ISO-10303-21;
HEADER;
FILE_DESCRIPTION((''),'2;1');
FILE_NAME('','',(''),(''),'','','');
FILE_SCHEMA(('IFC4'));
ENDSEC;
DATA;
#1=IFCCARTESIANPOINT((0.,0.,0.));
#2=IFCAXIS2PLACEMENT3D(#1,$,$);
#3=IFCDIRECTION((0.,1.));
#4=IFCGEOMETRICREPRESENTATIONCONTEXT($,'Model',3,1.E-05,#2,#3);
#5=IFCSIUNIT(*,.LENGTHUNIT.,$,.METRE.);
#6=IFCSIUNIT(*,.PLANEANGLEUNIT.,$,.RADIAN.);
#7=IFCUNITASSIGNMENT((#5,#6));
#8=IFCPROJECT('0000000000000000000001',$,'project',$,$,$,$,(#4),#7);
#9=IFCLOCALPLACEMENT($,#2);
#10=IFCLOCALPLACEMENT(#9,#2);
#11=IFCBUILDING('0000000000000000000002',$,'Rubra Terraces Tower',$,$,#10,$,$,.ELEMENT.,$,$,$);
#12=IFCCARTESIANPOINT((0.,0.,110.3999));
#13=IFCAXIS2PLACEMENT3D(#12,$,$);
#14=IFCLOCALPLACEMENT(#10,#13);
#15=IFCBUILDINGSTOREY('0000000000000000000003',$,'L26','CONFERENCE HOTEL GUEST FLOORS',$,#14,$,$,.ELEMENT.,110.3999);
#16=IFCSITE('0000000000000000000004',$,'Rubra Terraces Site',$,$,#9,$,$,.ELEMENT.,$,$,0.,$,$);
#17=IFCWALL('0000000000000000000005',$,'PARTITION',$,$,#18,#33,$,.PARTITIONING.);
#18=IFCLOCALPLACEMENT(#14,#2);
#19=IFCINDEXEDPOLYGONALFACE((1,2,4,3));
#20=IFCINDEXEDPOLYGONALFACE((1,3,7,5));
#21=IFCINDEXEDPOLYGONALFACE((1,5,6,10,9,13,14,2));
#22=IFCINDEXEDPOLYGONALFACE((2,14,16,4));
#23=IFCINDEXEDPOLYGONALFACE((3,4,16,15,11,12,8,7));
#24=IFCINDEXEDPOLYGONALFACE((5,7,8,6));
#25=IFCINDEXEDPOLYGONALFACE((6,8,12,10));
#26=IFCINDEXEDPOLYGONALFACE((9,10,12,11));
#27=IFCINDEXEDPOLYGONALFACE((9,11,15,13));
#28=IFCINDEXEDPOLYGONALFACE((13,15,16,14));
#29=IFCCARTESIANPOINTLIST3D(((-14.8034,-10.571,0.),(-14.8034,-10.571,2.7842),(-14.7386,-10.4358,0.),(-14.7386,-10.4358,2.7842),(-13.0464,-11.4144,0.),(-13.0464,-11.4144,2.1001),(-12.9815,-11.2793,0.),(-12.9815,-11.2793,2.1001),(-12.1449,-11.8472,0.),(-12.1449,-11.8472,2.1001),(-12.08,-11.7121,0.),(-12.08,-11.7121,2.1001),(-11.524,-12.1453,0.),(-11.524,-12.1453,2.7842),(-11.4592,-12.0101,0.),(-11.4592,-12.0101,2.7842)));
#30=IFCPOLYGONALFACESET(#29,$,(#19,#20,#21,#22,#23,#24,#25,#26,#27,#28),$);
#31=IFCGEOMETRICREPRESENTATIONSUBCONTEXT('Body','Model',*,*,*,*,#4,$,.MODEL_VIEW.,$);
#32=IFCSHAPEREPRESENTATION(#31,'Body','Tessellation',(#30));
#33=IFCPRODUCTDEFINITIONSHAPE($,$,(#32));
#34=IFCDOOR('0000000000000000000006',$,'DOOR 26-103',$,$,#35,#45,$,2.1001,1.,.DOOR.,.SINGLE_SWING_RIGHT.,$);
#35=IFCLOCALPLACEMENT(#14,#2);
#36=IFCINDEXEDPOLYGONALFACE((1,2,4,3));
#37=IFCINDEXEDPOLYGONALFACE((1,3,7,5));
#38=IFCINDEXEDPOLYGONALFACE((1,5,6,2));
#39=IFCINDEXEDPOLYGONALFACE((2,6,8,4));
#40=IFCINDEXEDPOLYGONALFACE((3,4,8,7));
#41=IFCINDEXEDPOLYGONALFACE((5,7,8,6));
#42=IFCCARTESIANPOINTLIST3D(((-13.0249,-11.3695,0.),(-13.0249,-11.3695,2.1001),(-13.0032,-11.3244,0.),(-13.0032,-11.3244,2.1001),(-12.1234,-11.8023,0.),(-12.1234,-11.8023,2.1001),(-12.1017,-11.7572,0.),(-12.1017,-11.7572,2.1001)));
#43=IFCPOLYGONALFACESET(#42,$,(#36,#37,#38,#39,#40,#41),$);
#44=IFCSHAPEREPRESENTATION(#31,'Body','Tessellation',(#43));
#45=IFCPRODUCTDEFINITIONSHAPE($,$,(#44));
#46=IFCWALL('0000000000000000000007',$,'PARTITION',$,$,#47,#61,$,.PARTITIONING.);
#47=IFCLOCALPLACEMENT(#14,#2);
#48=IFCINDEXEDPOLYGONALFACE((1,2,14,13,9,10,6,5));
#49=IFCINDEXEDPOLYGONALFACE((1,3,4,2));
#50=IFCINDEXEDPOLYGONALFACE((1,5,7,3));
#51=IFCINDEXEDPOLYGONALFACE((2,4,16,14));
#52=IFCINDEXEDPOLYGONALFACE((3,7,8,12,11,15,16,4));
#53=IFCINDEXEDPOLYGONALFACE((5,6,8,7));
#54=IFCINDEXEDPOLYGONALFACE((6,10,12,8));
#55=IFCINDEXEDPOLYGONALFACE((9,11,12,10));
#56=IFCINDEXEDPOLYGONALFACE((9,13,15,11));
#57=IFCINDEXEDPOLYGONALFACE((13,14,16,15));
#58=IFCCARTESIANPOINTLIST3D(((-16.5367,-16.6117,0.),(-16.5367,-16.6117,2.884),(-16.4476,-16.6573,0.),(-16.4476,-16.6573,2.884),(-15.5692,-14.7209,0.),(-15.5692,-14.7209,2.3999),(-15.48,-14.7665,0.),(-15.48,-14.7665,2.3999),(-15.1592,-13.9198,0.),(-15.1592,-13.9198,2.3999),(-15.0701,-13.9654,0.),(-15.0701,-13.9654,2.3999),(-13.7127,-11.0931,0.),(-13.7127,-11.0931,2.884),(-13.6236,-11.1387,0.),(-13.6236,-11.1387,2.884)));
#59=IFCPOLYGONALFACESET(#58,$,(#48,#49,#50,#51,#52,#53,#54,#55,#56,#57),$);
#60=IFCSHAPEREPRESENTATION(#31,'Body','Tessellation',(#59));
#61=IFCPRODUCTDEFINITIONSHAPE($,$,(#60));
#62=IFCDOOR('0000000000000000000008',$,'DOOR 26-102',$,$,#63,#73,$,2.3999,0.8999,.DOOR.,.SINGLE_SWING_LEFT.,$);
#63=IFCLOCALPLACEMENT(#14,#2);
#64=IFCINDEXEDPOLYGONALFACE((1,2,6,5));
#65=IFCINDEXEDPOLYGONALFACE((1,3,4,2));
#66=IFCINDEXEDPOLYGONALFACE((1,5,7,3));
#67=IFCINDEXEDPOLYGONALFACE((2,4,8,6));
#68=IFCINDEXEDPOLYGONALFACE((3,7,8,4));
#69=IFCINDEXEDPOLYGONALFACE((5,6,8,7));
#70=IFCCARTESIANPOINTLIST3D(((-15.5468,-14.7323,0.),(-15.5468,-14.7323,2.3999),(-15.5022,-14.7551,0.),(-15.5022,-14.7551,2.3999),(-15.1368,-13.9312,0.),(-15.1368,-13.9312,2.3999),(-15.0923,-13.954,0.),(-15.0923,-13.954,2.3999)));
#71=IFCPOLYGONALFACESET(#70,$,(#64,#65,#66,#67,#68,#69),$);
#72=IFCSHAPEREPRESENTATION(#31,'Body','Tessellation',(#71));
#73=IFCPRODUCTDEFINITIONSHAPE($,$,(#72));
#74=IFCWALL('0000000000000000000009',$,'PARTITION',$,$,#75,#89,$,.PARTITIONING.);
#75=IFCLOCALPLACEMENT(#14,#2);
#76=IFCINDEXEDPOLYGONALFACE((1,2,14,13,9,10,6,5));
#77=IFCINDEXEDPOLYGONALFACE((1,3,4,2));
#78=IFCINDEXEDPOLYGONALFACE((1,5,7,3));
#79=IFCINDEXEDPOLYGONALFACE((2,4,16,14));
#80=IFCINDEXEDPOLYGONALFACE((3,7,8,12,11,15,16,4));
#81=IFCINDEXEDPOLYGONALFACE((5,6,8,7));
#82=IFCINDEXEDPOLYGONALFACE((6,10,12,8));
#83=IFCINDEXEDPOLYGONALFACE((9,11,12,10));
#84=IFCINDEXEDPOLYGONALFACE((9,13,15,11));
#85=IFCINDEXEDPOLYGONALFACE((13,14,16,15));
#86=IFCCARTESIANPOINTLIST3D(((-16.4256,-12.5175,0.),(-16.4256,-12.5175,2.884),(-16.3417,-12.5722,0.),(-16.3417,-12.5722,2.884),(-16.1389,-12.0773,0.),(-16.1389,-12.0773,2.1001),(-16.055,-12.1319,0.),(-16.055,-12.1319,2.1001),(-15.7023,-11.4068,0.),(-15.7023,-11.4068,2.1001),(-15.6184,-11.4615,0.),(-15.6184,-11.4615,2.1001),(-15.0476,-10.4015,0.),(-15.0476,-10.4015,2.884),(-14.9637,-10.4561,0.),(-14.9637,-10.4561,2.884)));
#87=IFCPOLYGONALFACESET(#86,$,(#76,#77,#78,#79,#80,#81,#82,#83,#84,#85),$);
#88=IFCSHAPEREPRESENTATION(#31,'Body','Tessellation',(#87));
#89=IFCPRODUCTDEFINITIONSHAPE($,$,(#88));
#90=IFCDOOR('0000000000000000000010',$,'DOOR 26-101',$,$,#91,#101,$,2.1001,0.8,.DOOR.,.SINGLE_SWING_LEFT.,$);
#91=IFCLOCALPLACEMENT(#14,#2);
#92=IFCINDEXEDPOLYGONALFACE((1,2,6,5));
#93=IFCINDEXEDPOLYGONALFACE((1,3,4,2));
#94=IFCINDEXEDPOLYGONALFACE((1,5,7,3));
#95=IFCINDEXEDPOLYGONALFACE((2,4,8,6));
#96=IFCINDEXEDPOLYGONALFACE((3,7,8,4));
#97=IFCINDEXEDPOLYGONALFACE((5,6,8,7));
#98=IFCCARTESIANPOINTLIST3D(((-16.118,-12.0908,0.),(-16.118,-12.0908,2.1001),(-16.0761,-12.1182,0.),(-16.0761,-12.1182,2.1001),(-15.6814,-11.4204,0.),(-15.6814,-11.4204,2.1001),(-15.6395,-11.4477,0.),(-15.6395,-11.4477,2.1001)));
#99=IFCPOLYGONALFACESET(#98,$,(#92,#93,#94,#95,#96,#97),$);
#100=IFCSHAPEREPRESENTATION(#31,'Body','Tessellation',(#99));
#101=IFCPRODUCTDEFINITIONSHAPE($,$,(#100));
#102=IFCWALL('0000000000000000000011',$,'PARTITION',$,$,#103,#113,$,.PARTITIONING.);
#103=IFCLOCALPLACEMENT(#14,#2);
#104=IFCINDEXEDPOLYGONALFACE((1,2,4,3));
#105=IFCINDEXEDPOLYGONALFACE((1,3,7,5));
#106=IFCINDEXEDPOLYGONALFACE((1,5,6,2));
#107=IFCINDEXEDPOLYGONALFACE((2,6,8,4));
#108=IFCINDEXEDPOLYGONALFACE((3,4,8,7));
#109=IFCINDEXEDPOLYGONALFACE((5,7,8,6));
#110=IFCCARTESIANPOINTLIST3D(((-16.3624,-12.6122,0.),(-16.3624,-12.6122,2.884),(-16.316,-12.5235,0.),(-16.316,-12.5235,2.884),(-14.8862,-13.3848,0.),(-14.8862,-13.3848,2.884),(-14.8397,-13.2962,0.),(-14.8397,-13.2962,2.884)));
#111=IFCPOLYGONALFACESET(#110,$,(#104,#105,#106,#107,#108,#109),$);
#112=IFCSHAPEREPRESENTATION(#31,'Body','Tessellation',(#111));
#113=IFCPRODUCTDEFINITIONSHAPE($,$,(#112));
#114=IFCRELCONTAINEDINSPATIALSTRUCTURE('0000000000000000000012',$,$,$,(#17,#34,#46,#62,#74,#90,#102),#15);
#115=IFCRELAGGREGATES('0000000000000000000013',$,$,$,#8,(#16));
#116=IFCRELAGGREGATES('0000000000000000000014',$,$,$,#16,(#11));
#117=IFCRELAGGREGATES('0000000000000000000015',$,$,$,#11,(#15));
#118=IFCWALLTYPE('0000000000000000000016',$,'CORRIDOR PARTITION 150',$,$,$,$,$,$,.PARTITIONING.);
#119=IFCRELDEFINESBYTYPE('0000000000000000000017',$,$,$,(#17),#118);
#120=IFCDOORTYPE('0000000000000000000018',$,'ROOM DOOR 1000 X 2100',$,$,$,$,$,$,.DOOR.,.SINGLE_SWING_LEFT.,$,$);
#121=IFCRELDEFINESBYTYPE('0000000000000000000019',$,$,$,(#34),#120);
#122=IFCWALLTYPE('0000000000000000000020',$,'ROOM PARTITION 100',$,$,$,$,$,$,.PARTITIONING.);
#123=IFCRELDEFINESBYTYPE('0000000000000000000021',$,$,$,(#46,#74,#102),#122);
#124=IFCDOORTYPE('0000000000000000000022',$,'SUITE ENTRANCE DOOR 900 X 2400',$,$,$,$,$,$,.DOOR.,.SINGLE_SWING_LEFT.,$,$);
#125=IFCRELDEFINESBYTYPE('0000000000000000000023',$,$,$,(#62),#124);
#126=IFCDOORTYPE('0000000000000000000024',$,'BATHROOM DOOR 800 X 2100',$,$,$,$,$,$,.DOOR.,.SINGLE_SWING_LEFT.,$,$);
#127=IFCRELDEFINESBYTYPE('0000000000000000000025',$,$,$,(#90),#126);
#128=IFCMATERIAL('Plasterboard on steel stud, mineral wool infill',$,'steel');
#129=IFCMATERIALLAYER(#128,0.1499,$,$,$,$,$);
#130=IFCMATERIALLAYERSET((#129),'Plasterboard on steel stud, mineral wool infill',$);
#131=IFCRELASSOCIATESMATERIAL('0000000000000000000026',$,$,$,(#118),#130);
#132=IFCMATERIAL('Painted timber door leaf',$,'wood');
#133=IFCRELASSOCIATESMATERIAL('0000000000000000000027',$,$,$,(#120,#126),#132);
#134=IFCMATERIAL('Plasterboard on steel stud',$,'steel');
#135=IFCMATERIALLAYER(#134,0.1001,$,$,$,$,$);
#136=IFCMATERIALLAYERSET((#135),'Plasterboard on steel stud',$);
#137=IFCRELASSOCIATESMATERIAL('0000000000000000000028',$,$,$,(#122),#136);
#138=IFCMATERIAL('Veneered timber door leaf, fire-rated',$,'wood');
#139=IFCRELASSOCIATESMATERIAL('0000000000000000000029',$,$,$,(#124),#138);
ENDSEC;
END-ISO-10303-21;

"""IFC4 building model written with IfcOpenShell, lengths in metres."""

from ifc_helpers import new_model, si_unit, direction, frame, frame_2d, origin, place, context, subcontext, project, spatial, rectangle, extrude, material, layer, layer_set, type_object, element, fill, save


model = new_model("IFC4")

# Units and contexts
model_context = context("Model", 3, precision=1e-05, world=origin(), true_north=direction((0.0, 1.0)))
body_context = subcontext(model_context, "Body", "Model", "MODEL_VIEW")
ifc_project = project(units=[si_unit("LENGTHUNIT", "METRE"), si_unit("PLANEANGLEUNIT", "RADIAN")], contexts=[model_context])

# Site, building, storey
site_placement = place(None, origin())
site = spatial("IfcSite", under=ifc_project, at=site_placement, Name="Rubra Terraces Site", CompositionType="ELEMENT", RefElevation=0.0)
building_placement = place(site_placement, origin())
building = spatial("IfcBuilding", under=site, at=building_placement, Name="Rubra Terraces Tower", CompositionType="ELEMENT")
storey_placement = place(building_placement, frame((0.0, 0.0, 110.3999)))
storey = spatial("IfcBuildingStorey", under=building, at=storey_placement, Name="L26", Description="CONFERENCE HOTEL GUEST FLOORS", CompositionType="ELEMENT", Elevation=110.3999)

# Walls, openings, doors
ifc_material_1 = material(Name="Plasterboard on steel stud, mineral wool infill", Category="steel")
ifc_layer_1 = layer(ifc_material_1, 0.1499)
ifc_layer_set_1 = layer_set([ifc_layer_1], Name="Plasterboard on steel stud, mineral wool infill")
wall_type_1 = type_object("IfcWallType", Name="CORRIDOR PARTITION 150", PredefinedType="PARTITIONING", material=ifc_layer_set_1)
wall_1_placement = place(storey_placement, frame((-14.771, -10.5034, 0.0), z_axis=(0.0, 0.0, 1.0), x_axis=(0.901506, -0.432766, 0.0)))
wall_1 = element("IfcWall", 1, at=wall_1_placement, inside=storey, type_object=wall_type_1, Name="PARTITION", PredefinedType="PARTITIONING", context=body_context, shape_type="SweptSolid", body=[
    extrude(rectangle(XDim=3.6377, YDim=0.1499, at=frame_2d((1.8188, 0.0))), origin(), (0.0, 0.0, 1.0), 2.7842),
])
opening_1_placement = place(wall_1_placement, frame((1.949, 0.0, 0.0)))
opening_1 = element("IfcOpeningElement", 2, at=opening_1_placement, cuts=wall_1, PredefinedType="OPENING", context=body_context, shape_type="SweptSolid", body=[
    extrude(rectangle(XDim=1.0, YDim=2.1001, at=frame_2d((0.5, 1.05))), frame((0.0, 0.085, 0.0), z_axis=(0.0, -1.0, 0.0), x_axis=(1.0, 0.0, 0.0)), (0.0, 0.0, 1.0), 0.1699),
])
ifc_material_2 = material(Name="Painted timber door leaf", Category="wood")
door_type_1 = type_object("IfcDoorType", Name="ROOM DOOR 1000 X 2100", OperationType="SINGLE_SWING_LEFT", PredefinedType="DOOR", material=ifc_material_2)
door_1_placement = place(opening_1_placement, origin())
door_1 = element("IfcDoor", 3, at=door_1_placement, inside=storey, type_object=door_type_1, Name="DOOR 26-103", OperationType="SINGLE_SWING_RIGHT", OverallHeight=2.1001, OverallWidth=1.0, PredefinedType="DOOR", context=body_context, shape_type="SweptSolid", body=[
    extrude(rectangle(XDim=1.0, YDim=2.1001, at=frame_2d((0.5, 1.05))), frame((0.0, 0.0249, 0.0), z_axis=(0.0, -1.0, 0.0), x_axis=(1.0, 0.0, 0.0)), (0.0, 0.0, 1.0), 0.05),
])
fill(opening_1, door_1)
ifc_material_3 = material(Name="Plasterboard on steel stud", Category="steel")
ifc_layer_2 = layer(ifc_material_3, 0.1001)
ifc_layer_set_2 = layer_set([ifc_layer_2], Name="Plasterboard on steel stud")
wall_type_2 = type_object("IfcWallType", Name="ROOM PARTITION 100", PredefinedType="PARTITIONING", material=ifc_layer_set_2)
wall_2_placement = place(storey_placement, frame((-16.4922, -16.6345, 0.0), z_axis=(0.0, 0.0, 1.0), x_axis=(0.455543, 0.890214, 0.0)))
wall_2 = element("IfcWall", 4, at=wall_2_placement, inside=storey, type_object=wall_type_2, Name="PARTITION", PredefinedType="PARTITIONING", context=body_context, shape_type="SweptSolid", body=[
    extrude(rectangle(XDim=6.1992, YDim=0.1001, at=frame_2d((3.0996, 0.0))), origin(), (0.0, 0.0, 1.0), 2.884),
])
opening_2_placement = place(wall_2_placement, frame((2.124, 0.0, 0.0)))
opening_2 = element("IfcOpeningElement", 5, at=opening_2_placement, cuts=wall_2, PredefinedType="OPENING", context=body_context, shape_type="SweptSolid", body=[
    extrude(rectangle(XDim=0.8999, YDim=2.3999, at=frame_2d((0.45, 1.2))), frame((0.0, 0.0601, 0.0), z_axis=(0.0, -1.0, 0.0), x_axis=(1.0, 0.0, 0.0)), (0.0, 0.0, 1.0), 0.1201),
])
ifc_material_4 = material(Name="Veneered timber door leaf, fire-rated", Category="wood")
door_type_2 = type_object("IfcDoorType", Name="SUITE ENTRANCE DOOR 900 X 2400", OperationType="SINGLE_SWING_LEFT", PredefinedType="DOOR", material=ifc_material_4)
door_2_placement = place(opening_2_placement, origin())
door_2 = element("IfcDoor", 6, at=door_2_placement, inside=storey, type_object=door_type_2, Name="DOOR 26-102", OperationType="SINGLE_SWING_LEFT", OverallHeight=2.3999, OverallWidth=0.8999, PredefinedType="DOOR", context=body_context, shape_type="SweptSolid", body=[
    extrude(rectangle(XDim=0.8999, YDim=2.3999, at=frame_2d((0.45, 1.2))), frame((0.0, 0.0249, 0.0), z_axis=(0.0, -1.0, 0.0), x_axis=(1.0, 0.0, 0.0)), (0.0, 0.0, 1.0), 0.05),
])
fill(opening_2, door_2)
wall_3_placement = place(storey_placement, frame((-15.0056, -10.4287, 0.0), z_axis=(0.0, 0.0, 1.0), x_axis=(-0.545698, -0.837982, 0.0)))
wall_3 = element("IfcWall", 7, at=wall_3_placement, inside=storey, type_object=wall_type_2, Name="PARTITION", PredefinedType="PARTITIONING", context=body_context, shape_type="SweptSolid", body=[
    extrude(rectangle(XDim=2.5251, YDim=0.1001, at=frame_2d((1.2627, 0.0))), origin(), (0.0, 0.0, 1.0), 2.884),
])
opening_3_placement = place(wall_3_placement, frame((1.2, 0.0, 0.0)))
opening_3 = element("IfcOpeningElement", 8, at=opening_3_placement, cuts=wall_3, PredefinedType="OPENING", context=body_context, shape_type="SweptSolid", body=[
    extrude(rectangle(XDim=0.8, YDim=2.1001, at=frame_2d((0.3999, 1.05))), frame((0.0, 0.0601, 0.0), z_axis=(0.0, -1.0, 0.0), x_axis=(1.0, 0.0, 0.0)), (0.0, 0.0, 1.0), 0.1201),
])
door_type_3 = type_object("IfcDoorType", Name="BATHROOM DOOR 800 X 2100", OperationType="SINGLE_SWING_LEFT", PredefinedType="DOOR", material=ifc_material_2)
door_3_placement = place(opening_3_placement, origin())
door_3 = element("IfcDoor", 9, at=door_3_placement, inside=storey, type_object=door_type_3, Name="DOOR 26-101", OperationType="SINGLE_SWING_LEFT", OverallHeight=2.1001, OverallWidth=0.8, PredefinedType="DOOR", context=body_context, shape_type="SweptSolid", body=[
    extrude(rectangle(XDim=0.8, YDim=2.1001, at=frame_2d((0.3999, 1.05))), frame((0.0, 0.0249, 0.0), z_axis=(0.0, -1.0, 0.0), x_axis=(1.0, 0.0, 0.0)), (0.0, 0.0, 1.0), 0.05),
])
fill(opening_3, door_3)

# Wall
wall_4_placement = place(storey_placement, frame((-16.3391, -12.5679, 0.0), z_axis=(0.0, 0.0, 1.0), x_axis=(0.885981, -0.463722, 0.0)))
element("IfcWall", 10, at=wall_4_placement, inside=storey, type_object=wall_type_2, Name="PARTITION", PredefinedType="PARTITIONING", context=body_context, shape_type="SweptSolid", body=[
    extrude(rectangle(XDim=1.6663, YDim=0.1001, at=frame_2d((0.833, 0.0))), origin(), (0.0, 0.0, 1.0), 2.884),
])

save(model, "model.ifc")
